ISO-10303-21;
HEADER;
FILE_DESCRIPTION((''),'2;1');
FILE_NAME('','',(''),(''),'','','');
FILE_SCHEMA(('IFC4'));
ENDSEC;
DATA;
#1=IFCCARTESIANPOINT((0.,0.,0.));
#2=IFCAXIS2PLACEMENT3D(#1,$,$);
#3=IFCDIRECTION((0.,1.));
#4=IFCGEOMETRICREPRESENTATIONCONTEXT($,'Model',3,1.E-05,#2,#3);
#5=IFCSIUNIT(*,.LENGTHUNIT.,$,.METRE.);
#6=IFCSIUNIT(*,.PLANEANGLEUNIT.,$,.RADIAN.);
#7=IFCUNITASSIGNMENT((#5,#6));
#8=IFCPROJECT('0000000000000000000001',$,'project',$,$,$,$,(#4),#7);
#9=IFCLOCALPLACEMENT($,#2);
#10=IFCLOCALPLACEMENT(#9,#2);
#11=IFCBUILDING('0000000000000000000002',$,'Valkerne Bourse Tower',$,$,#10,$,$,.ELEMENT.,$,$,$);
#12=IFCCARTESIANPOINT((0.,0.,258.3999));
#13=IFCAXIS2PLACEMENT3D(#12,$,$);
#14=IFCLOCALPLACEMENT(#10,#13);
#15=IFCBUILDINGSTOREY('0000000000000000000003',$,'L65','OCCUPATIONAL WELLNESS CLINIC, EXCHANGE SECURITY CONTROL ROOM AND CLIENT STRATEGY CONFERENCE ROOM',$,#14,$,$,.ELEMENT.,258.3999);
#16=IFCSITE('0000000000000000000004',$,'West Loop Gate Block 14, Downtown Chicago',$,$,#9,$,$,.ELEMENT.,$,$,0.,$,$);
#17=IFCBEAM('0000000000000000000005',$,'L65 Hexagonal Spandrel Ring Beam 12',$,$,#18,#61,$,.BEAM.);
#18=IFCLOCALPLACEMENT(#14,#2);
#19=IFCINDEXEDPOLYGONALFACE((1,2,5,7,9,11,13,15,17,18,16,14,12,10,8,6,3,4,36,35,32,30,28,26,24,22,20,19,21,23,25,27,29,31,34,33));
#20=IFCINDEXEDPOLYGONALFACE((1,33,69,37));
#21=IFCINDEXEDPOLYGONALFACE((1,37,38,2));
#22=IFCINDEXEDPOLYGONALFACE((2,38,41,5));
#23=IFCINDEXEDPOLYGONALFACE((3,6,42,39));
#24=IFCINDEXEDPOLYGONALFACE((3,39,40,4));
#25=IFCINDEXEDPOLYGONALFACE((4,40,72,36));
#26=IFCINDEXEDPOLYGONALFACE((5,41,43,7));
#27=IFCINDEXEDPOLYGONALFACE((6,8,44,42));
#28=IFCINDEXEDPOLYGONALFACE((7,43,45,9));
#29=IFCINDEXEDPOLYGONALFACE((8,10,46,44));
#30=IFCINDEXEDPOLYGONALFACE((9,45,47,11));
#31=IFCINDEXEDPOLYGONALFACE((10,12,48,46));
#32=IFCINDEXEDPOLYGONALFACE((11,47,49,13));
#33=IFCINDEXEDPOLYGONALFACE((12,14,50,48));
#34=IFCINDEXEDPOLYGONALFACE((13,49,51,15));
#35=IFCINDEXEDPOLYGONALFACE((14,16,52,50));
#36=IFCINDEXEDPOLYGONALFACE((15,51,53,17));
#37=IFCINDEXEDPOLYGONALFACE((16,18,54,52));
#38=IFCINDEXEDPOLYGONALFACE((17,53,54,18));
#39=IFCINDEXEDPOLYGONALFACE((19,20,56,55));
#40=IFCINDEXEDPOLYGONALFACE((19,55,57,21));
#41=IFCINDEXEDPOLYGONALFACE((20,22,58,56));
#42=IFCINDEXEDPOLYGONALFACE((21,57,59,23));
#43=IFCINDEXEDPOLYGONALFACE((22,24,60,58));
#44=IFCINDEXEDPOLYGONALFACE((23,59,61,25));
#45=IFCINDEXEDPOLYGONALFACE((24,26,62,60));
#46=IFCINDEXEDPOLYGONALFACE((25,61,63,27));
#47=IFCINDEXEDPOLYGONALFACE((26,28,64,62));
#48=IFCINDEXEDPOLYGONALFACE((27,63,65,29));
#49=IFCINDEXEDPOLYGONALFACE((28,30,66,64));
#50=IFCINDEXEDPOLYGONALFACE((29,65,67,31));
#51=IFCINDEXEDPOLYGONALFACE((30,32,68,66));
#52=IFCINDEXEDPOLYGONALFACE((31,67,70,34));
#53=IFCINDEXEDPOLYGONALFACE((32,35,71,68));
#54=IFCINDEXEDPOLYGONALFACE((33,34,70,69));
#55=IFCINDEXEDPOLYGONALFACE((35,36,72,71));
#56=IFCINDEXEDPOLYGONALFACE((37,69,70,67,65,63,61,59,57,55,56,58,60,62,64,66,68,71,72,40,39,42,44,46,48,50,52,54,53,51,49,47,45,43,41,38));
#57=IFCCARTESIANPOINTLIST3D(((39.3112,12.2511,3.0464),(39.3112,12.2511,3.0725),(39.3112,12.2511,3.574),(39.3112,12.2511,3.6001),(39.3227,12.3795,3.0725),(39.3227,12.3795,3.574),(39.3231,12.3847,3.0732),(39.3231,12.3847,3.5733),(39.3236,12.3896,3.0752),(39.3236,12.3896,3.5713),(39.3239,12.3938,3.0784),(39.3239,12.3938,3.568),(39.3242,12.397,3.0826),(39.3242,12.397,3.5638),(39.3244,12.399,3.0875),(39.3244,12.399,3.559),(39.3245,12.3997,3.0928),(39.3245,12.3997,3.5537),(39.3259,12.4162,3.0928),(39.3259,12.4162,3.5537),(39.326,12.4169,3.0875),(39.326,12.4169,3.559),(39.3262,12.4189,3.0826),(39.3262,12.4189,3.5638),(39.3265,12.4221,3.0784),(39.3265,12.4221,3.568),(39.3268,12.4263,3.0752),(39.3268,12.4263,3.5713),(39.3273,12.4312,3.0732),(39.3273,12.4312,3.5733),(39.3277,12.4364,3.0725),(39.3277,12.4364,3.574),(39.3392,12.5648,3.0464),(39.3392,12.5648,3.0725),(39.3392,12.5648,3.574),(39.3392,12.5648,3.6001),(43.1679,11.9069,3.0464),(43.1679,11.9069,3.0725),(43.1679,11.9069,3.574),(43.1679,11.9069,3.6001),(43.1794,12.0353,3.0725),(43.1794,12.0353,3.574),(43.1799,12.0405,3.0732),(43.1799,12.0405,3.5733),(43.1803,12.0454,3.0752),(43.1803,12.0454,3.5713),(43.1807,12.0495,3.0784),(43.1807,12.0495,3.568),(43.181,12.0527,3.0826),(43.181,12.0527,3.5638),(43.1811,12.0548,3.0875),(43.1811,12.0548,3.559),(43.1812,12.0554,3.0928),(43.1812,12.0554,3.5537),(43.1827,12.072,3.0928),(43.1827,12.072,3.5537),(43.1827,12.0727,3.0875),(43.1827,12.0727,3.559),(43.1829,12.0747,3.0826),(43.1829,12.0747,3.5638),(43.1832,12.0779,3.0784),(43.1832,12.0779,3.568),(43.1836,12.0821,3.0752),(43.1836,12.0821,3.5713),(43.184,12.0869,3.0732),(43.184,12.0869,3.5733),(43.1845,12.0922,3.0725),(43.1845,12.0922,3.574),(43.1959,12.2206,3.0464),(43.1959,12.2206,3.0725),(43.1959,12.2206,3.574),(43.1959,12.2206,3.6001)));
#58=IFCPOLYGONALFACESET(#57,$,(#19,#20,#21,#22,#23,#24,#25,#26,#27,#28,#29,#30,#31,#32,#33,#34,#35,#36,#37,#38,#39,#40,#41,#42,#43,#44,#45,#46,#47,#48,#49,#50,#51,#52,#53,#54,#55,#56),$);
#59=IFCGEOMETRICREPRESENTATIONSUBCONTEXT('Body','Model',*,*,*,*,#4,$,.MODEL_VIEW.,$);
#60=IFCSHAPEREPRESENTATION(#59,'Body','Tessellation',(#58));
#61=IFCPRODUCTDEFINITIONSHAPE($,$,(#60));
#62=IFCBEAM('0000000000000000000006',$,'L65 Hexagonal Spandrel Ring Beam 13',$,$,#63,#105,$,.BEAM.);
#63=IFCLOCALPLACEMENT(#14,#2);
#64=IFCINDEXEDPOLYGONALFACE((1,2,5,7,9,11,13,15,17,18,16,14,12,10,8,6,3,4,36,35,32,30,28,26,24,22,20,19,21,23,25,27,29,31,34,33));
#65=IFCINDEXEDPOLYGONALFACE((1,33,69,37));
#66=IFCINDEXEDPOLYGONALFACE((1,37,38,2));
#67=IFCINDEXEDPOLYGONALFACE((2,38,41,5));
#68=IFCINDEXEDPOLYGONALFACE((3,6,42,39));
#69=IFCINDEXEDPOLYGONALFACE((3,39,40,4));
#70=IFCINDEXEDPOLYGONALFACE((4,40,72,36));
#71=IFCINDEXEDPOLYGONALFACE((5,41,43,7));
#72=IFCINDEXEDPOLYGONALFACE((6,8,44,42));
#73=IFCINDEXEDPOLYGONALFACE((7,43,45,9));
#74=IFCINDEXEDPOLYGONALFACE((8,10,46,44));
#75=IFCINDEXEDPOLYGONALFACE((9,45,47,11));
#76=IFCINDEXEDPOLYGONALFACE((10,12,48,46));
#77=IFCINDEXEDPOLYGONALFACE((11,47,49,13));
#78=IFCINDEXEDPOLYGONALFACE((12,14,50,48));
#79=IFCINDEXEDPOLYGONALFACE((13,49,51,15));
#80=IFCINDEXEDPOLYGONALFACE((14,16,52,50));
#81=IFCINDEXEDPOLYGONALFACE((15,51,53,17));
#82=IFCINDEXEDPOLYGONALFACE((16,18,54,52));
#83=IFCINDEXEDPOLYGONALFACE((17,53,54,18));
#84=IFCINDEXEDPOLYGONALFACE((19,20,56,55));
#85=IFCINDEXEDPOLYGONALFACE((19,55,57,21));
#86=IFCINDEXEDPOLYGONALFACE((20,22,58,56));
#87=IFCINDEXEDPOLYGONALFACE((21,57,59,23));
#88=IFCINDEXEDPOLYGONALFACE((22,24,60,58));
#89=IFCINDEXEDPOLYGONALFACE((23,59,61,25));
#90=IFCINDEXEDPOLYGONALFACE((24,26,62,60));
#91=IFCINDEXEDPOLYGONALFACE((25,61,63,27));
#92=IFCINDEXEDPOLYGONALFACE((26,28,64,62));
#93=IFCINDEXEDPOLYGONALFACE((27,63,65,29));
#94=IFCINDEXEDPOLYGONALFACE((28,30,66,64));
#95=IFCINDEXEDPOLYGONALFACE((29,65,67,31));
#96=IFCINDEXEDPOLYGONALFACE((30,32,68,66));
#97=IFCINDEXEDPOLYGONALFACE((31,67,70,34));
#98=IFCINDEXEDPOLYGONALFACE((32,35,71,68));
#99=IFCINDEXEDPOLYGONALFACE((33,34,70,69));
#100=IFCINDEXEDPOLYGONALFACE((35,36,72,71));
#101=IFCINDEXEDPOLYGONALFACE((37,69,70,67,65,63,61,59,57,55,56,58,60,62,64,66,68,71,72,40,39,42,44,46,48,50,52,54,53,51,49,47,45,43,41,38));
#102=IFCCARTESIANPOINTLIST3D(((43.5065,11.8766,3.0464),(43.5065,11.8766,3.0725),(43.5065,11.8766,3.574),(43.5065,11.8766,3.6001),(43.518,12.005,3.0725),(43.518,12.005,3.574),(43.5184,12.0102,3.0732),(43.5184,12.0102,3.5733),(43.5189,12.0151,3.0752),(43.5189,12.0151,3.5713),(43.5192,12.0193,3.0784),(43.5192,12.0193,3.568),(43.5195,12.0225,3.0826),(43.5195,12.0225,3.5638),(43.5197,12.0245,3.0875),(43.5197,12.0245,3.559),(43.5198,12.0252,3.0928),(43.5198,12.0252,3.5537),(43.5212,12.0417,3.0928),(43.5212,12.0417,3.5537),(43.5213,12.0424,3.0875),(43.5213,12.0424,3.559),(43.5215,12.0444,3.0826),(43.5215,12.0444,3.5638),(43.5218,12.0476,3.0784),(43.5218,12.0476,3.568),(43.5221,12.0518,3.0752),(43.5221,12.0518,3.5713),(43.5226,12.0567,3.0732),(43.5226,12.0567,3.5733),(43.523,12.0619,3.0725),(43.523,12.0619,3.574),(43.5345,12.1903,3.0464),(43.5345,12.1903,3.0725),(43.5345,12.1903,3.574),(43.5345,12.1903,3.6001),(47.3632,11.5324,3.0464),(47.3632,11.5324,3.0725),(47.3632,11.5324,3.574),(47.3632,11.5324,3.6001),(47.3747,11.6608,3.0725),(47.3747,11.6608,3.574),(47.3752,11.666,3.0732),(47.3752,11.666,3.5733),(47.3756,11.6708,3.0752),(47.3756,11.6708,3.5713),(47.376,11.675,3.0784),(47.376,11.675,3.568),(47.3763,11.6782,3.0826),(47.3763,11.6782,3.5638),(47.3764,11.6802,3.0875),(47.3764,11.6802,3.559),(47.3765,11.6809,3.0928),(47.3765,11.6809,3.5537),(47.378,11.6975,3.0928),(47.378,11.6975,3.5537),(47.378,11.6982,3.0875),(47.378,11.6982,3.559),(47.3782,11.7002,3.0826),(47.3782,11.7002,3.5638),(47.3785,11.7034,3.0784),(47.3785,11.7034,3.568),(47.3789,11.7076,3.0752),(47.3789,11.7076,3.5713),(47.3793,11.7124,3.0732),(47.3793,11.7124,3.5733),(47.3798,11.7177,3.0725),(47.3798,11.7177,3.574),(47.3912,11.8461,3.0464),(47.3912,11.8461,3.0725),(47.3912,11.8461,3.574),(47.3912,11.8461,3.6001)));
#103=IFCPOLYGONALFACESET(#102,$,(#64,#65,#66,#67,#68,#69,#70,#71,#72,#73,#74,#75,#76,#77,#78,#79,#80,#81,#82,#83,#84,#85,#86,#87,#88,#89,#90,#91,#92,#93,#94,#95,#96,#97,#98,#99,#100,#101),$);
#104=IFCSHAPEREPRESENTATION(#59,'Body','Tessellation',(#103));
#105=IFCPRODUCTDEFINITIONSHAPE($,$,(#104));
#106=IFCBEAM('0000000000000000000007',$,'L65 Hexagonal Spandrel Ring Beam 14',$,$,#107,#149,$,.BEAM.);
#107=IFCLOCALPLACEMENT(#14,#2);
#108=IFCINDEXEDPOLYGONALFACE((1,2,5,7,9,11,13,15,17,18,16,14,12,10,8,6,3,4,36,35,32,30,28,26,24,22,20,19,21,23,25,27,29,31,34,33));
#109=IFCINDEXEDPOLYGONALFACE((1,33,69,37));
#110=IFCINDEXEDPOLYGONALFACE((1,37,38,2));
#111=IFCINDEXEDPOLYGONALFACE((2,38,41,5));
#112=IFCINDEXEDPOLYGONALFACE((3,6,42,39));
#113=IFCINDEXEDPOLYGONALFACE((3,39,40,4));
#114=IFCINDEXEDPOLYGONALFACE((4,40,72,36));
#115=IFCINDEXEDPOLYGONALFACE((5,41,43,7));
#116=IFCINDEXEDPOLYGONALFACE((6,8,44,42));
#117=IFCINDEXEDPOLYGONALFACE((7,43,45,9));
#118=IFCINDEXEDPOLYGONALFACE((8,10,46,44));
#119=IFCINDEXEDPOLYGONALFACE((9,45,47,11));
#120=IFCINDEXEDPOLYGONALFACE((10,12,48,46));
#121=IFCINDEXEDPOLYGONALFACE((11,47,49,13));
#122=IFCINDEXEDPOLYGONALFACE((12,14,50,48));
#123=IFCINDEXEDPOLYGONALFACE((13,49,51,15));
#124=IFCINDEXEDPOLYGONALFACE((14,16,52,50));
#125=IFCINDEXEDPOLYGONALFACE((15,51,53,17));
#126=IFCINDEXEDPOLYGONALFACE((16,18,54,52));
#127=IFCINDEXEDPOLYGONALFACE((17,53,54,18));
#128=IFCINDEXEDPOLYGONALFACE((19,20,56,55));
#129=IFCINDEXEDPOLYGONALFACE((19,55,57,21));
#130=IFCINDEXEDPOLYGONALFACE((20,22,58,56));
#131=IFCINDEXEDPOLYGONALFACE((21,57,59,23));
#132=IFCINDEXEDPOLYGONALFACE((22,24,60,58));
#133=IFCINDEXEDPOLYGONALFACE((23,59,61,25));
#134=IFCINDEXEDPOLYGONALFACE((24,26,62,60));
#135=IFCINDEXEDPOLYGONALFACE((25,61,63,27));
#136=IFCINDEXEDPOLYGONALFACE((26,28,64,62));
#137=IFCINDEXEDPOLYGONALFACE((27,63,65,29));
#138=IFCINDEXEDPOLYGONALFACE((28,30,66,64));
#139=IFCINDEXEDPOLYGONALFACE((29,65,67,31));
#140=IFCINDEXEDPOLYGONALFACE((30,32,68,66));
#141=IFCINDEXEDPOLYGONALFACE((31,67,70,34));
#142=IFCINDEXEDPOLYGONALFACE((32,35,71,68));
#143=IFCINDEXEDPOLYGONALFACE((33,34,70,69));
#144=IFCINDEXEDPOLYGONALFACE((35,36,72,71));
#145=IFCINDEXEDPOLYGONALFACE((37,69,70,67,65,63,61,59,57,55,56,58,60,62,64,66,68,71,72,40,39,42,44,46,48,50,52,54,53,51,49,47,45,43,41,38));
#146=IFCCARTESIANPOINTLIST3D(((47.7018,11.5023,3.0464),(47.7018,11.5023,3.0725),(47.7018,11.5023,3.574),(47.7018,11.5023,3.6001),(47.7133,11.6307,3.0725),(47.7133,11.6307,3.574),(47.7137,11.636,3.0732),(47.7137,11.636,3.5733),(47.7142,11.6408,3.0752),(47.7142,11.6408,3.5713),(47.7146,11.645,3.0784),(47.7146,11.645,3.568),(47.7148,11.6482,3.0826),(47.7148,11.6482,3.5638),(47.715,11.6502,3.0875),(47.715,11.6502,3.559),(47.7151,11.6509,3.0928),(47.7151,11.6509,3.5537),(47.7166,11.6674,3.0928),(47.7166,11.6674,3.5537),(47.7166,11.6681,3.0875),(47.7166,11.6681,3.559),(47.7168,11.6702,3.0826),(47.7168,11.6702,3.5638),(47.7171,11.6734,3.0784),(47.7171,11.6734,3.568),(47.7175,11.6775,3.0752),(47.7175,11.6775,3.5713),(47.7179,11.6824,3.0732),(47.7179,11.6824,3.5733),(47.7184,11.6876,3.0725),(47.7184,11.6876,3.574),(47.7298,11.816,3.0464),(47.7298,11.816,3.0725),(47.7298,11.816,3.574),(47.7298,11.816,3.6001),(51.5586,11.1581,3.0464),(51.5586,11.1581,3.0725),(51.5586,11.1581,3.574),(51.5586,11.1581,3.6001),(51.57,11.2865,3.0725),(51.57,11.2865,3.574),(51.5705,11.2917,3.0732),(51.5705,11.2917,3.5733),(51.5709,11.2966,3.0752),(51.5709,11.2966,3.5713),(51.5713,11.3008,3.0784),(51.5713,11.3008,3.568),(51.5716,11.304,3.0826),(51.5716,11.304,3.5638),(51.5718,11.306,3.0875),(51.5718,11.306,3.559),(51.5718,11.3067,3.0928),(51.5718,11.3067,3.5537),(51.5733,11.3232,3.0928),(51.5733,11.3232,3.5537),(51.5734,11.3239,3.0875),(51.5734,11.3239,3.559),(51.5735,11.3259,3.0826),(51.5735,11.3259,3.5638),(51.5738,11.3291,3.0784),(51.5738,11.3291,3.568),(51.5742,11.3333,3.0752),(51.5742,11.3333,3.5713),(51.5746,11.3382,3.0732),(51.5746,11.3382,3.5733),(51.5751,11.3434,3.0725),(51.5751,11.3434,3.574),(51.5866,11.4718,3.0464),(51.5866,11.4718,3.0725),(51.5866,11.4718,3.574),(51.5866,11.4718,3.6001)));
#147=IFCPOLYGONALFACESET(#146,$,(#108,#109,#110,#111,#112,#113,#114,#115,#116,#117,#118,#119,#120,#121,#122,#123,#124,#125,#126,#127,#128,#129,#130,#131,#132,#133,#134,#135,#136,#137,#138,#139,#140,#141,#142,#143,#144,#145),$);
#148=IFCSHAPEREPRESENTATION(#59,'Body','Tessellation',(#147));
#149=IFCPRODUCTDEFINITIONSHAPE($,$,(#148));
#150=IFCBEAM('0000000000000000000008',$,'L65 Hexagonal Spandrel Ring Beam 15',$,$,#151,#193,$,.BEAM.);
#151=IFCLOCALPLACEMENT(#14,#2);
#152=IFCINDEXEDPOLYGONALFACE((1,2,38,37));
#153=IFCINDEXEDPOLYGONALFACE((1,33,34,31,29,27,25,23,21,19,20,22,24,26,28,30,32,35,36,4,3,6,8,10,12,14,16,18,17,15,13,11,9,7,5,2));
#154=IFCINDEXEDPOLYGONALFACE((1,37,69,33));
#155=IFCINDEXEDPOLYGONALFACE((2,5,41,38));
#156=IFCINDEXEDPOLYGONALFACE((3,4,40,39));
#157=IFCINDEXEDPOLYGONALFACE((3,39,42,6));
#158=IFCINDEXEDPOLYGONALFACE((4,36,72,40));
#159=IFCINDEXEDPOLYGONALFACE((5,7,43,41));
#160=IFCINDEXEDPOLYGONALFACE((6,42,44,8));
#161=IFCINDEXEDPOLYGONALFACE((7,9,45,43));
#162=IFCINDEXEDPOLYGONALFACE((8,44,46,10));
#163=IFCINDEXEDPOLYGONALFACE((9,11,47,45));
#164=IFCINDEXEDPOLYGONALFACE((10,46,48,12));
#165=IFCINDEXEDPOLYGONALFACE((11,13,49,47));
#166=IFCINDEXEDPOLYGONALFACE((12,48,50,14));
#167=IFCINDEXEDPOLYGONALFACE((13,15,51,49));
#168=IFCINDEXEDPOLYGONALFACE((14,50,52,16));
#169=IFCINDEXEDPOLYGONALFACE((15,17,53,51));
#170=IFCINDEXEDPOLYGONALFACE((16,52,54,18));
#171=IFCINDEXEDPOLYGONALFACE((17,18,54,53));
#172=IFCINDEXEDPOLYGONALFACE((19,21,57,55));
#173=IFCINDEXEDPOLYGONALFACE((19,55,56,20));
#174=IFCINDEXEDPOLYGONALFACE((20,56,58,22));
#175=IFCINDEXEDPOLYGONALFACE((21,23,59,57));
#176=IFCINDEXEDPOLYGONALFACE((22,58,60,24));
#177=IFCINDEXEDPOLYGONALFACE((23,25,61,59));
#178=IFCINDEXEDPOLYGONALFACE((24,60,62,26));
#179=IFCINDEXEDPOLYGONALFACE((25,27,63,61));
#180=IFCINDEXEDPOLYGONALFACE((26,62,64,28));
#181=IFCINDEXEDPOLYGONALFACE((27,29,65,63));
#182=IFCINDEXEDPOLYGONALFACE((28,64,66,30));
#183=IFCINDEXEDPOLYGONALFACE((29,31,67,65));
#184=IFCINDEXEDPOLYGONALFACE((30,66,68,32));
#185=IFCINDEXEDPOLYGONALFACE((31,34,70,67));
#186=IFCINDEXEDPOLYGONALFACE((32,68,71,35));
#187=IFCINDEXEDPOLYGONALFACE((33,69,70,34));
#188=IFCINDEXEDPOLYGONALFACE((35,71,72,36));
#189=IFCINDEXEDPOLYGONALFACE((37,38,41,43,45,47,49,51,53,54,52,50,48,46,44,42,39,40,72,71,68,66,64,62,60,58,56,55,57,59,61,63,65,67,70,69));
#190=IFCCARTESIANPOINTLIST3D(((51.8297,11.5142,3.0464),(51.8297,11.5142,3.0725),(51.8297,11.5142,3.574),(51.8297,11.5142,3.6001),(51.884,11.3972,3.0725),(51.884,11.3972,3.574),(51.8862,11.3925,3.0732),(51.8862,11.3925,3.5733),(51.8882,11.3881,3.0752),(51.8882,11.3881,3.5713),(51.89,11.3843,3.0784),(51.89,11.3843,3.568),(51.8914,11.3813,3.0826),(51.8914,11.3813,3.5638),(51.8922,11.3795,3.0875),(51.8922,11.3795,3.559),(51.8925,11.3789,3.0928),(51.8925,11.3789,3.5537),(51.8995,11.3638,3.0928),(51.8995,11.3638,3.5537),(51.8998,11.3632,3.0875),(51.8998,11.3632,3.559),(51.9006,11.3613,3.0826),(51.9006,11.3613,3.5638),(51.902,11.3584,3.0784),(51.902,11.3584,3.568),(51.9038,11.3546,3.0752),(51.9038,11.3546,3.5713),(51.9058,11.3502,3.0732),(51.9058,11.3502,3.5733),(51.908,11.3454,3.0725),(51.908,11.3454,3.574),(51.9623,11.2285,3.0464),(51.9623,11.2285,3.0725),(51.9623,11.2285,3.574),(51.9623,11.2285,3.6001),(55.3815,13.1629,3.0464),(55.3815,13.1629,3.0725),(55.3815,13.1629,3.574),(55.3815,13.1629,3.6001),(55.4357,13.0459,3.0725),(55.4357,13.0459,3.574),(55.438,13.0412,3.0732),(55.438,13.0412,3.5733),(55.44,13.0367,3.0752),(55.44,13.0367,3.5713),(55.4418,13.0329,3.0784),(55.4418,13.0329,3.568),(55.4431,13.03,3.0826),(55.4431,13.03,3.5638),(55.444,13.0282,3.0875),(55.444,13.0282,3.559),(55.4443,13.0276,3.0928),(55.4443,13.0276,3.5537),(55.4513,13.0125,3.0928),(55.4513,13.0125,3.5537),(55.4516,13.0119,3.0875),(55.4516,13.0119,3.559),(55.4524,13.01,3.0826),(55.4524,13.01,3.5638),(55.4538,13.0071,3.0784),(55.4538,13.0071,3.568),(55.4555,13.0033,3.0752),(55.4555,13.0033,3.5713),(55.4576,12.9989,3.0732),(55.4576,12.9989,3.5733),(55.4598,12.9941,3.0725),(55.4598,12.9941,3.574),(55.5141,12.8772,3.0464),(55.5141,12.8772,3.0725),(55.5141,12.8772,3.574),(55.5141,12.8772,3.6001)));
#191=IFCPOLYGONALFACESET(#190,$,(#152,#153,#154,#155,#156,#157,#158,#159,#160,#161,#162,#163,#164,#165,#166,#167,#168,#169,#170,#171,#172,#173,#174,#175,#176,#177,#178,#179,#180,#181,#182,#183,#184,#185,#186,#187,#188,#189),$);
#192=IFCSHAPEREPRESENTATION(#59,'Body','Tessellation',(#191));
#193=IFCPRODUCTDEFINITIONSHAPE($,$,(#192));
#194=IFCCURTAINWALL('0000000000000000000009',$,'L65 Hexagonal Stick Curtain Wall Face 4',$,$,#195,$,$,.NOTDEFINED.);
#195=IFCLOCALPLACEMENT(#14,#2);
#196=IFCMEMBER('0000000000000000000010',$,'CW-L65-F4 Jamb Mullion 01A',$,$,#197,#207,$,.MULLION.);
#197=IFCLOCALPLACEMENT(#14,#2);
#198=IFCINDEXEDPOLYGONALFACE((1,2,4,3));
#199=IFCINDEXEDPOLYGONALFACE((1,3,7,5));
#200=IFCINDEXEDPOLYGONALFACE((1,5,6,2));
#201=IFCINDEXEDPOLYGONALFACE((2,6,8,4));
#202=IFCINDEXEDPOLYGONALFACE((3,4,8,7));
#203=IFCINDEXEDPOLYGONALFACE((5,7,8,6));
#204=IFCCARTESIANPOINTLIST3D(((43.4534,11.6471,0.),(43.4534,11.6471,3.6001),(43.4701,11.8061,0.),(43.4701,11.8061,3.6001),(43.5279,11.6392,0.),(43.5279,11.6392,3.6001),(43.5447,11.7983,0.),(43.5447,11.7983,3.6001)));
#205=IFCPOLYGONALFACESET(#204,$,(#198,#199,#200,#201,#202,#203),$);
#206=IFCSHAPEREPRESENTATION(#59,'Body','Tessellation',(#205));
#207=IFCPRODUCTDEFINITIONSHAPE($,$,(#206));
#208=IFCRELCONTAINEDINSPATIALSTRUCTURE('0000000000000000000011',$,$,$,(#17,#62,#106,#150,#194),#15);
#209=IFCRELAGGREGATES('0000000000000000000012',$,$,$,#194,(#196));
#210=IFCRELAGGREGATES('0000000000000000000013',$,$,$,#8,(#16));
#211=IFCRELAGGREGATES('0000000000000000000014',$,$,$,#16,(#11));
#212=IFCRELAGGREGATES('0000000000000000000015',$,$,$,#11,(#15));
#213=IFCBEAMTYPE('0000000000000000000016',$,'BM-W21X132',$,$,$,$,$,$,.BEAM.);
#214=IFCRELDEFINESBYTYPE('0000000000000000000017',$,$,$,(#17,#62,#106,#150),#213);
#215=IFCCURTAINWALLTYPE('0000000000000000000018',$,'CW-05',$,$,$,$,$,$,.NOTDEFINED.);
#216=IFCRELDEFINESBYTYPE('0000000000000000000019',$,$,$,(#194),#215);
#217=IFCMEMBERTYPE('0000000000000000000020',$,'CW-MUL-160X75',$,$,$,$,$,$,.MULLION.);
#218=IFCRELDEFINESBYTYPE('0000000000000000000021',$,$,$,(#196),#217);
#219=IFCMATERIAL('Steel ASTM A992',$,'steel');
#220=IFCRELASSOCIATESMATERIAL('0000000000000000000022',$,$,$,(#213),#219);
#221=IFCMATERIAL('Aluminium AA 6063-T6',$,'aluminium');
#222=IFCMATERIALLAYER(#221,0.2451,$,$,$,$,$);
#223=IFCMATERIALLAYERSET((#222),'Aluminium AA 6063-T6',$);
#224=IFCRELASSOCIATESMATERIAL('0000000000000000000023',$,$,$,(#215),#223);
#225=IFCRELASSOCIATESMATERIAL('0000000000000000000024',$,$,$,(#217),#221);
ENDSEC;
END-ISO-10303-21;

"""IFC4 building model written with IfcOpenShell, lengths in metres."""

from ifc_helpers import new_model, si_unit, direction, frame, origin, origin_2d, place, context, subcontext, project, spatial, rectangle, i_section, extrude, material, layer, layer_set, material_profile, profile_set, type_object, element, aggregate, save


model = new_model("IFC4")

# Units and contexts
model_context = context("Model", 3, precision=1e-05, world=origin(), true_north=direction((0.0, 1.0)))
body_context = subcontext(model_context, "Body", "Model", "MODEL_VIEW")
ifc_project = project(units=[si_unit("LENGTHUNIT", "METRE"), si_unit("PLANEANGLEUNIT", "RADIAN")], contexts=[model_context])

# Site, building, storey
site_placement = place(None, origin())
site = spatial("IfcSite", under=ifc_project, at=site_placement, Name="West Loop Gate Block 14, Downtown Chicago", CompositionType="ELEMENT", RefElevation=0.0)
building_placement = place(site_placement, origin())
building = spatial("IfcBuilding", under=site, at=building_placement, Name="Valkerne Bourse Tower", CompositionType="ELEMENT")
storey_placement = place(building_placement, frame((0.0, 0.0, 258.3999)))
storey = spatial("IfcBuildingStorey", under=building, at=storey_placement, Name="L65", Description="OCCUPATIONAL WELLNESS CLINIC, EXCHANGE SECURITY CONTROL ROOM AND CLIENT STRATEGY CONFERENCE ROOM", CompositionType="ELEMENT", Elevation=258.3999)

# Beams
ifc_material_1 = material(Name="Steel ASTM A992", Category="steel")
ifc_material_profile_1 = material_profile(ifc_material_1, i_section(OverallWidth=0.3149, OverallDepth=0.5537, WebThickness=0.0166, FlangeThickness=0.0261, FilletRadius=0.0203, at=origin_2d()), Name="W21X132")
ifc_profile_set_1 = profile_set([ifc_material_profile_1], Name="Steel ASTM A992")
beam_type_1 = type_object("IfcBeamType", Name="BM-W21X132", PredefinedType="BEAM", material=ifc_profile_set_1)
for number, where, z_axis, x_axis, name in (
    (1, (39.3252, 12.408, 3.3232), (0.99604, -0.088904, 0.0), (0.088904, 0.99604, 0.0), "L65 Hexagonal Spandrel Ring Beam 12"),
    (2, (43.5205, 12.0334, 3.3232), (0.99604, -0.088904, 0.0), (0.088904, 0.99604, 0.0), "L65 Hexagonal Spandrel Ring Beam 13"),
    (3, (47.7158, 11.6592, 3.3232), (0.99604, -0.088904, 0.0), (0.088904, 0.99604, 0.0), "L65 Hexagonal Spandrel Ring Beam 14"),
):
    element("IfcBeam", number, at=place(storey_placement, frame(where, z_axis=z_axis, x_axis=x_axis)), inside=storey, type_object=beam_type_1, Name=name, PredefinedType="BEAM", context=body_context, shape_type="SweptSolid", body=[
        extrude(i_section(OverallWidth=0.3149, OverallDepth=0.5537, WebThickness=0.0166, FlangeThickness=0.0261, FilletRadius=0.0203, at=origin_2d()), origin(), (0.0, 0.0, 1.0), 3.8721),
    ])
beam_1_placement = place(storey_placement, frame((51.896, 11.3713, 3.3232), z_axis=(0.907043, 0.421038, 0.0), x_axis=(-0.421038, 0.907043, 0.0)))
element("IfcBeam", 4, at=beam_1_placement, inside=storey, type_object=beam_type_1, Name="L65 Hexagonal Spandrel Ring Beam 15", PredefinedType="BEAM", context=body_context, shape_type="SweptSolid", body=[
    extrude(i_section(OverallWidth=0.3149, OverallDepth=0.5537, WebThickness=0.0166, FlangeThickness=0.0261, FilletRadius=0.0203, at=origin_2d()), origin(), (0.0, 0.0, 1.0), 3.9158),
])

# Curtain wall, member
ifc_material_2 = material(Name="Aluminium AA 6063-T6", Category="aluminium")
ifc_layer_1 = layer(ifc_material_2, 0.2451)
ifc_layer_set_1 = layer_set([ifc_layer_1], Name="Aluminium AA 6063-T6")
curtain_wall_type = type_object("IfcCurtainWallType", Name="CW-05", PredefinedType="NOTDEFINED", material=ifc_layer_set_1)
curtain_wall_placement = place(storey_placement, origin())
curtain_wall = element("IfcCurtainWall", 5, at=curtain_wall_placement, inside=storey, type_object=curtain_wall_type, Name="L65 Hexagonal Stick Curtain Wall Face 4", PredefinedType="NOTDEFINED")
ifc_material_profile_2 = material_profile(ifc_material_2, rectangle(XDim=0.075, YDim=0.1599, at=origin_2d()), Name="CWM-75X160")
ifc_profile_set_2 = profile_set([ifc_material_profile_2], Name="Aluminium AA 6063-T6")
member_type_1 = type_object("IfcMemberType", Name="CW-MUL-160X75", PredefinedType="MULLION", material=ifc_profile_set_2)
member_1_placement = place(storey_placement, frame((43.499, 11.7227, 0.0), z_axis=(0.0, 0.0, 1.0), x_axis=(0.994521, -0.104533, 0.0)))
member_1 = element("IfcMember", 6, at=member_1_placement, type_object=member_type_1, Name="CW-L65-F4 Jamb Mullion 01A", PredefinedType="MULLION", context=body_context, shape_type="SweptSolid", body=[
    extrude(rectangle(XDim=0.075, YDim=0.1599, at=origin_2d()), origin(), (0.0, 0.0, 1.0), 3.6001),
])

aggregate(curtain_wall, [member_1])

save(model, "model.ifc")
